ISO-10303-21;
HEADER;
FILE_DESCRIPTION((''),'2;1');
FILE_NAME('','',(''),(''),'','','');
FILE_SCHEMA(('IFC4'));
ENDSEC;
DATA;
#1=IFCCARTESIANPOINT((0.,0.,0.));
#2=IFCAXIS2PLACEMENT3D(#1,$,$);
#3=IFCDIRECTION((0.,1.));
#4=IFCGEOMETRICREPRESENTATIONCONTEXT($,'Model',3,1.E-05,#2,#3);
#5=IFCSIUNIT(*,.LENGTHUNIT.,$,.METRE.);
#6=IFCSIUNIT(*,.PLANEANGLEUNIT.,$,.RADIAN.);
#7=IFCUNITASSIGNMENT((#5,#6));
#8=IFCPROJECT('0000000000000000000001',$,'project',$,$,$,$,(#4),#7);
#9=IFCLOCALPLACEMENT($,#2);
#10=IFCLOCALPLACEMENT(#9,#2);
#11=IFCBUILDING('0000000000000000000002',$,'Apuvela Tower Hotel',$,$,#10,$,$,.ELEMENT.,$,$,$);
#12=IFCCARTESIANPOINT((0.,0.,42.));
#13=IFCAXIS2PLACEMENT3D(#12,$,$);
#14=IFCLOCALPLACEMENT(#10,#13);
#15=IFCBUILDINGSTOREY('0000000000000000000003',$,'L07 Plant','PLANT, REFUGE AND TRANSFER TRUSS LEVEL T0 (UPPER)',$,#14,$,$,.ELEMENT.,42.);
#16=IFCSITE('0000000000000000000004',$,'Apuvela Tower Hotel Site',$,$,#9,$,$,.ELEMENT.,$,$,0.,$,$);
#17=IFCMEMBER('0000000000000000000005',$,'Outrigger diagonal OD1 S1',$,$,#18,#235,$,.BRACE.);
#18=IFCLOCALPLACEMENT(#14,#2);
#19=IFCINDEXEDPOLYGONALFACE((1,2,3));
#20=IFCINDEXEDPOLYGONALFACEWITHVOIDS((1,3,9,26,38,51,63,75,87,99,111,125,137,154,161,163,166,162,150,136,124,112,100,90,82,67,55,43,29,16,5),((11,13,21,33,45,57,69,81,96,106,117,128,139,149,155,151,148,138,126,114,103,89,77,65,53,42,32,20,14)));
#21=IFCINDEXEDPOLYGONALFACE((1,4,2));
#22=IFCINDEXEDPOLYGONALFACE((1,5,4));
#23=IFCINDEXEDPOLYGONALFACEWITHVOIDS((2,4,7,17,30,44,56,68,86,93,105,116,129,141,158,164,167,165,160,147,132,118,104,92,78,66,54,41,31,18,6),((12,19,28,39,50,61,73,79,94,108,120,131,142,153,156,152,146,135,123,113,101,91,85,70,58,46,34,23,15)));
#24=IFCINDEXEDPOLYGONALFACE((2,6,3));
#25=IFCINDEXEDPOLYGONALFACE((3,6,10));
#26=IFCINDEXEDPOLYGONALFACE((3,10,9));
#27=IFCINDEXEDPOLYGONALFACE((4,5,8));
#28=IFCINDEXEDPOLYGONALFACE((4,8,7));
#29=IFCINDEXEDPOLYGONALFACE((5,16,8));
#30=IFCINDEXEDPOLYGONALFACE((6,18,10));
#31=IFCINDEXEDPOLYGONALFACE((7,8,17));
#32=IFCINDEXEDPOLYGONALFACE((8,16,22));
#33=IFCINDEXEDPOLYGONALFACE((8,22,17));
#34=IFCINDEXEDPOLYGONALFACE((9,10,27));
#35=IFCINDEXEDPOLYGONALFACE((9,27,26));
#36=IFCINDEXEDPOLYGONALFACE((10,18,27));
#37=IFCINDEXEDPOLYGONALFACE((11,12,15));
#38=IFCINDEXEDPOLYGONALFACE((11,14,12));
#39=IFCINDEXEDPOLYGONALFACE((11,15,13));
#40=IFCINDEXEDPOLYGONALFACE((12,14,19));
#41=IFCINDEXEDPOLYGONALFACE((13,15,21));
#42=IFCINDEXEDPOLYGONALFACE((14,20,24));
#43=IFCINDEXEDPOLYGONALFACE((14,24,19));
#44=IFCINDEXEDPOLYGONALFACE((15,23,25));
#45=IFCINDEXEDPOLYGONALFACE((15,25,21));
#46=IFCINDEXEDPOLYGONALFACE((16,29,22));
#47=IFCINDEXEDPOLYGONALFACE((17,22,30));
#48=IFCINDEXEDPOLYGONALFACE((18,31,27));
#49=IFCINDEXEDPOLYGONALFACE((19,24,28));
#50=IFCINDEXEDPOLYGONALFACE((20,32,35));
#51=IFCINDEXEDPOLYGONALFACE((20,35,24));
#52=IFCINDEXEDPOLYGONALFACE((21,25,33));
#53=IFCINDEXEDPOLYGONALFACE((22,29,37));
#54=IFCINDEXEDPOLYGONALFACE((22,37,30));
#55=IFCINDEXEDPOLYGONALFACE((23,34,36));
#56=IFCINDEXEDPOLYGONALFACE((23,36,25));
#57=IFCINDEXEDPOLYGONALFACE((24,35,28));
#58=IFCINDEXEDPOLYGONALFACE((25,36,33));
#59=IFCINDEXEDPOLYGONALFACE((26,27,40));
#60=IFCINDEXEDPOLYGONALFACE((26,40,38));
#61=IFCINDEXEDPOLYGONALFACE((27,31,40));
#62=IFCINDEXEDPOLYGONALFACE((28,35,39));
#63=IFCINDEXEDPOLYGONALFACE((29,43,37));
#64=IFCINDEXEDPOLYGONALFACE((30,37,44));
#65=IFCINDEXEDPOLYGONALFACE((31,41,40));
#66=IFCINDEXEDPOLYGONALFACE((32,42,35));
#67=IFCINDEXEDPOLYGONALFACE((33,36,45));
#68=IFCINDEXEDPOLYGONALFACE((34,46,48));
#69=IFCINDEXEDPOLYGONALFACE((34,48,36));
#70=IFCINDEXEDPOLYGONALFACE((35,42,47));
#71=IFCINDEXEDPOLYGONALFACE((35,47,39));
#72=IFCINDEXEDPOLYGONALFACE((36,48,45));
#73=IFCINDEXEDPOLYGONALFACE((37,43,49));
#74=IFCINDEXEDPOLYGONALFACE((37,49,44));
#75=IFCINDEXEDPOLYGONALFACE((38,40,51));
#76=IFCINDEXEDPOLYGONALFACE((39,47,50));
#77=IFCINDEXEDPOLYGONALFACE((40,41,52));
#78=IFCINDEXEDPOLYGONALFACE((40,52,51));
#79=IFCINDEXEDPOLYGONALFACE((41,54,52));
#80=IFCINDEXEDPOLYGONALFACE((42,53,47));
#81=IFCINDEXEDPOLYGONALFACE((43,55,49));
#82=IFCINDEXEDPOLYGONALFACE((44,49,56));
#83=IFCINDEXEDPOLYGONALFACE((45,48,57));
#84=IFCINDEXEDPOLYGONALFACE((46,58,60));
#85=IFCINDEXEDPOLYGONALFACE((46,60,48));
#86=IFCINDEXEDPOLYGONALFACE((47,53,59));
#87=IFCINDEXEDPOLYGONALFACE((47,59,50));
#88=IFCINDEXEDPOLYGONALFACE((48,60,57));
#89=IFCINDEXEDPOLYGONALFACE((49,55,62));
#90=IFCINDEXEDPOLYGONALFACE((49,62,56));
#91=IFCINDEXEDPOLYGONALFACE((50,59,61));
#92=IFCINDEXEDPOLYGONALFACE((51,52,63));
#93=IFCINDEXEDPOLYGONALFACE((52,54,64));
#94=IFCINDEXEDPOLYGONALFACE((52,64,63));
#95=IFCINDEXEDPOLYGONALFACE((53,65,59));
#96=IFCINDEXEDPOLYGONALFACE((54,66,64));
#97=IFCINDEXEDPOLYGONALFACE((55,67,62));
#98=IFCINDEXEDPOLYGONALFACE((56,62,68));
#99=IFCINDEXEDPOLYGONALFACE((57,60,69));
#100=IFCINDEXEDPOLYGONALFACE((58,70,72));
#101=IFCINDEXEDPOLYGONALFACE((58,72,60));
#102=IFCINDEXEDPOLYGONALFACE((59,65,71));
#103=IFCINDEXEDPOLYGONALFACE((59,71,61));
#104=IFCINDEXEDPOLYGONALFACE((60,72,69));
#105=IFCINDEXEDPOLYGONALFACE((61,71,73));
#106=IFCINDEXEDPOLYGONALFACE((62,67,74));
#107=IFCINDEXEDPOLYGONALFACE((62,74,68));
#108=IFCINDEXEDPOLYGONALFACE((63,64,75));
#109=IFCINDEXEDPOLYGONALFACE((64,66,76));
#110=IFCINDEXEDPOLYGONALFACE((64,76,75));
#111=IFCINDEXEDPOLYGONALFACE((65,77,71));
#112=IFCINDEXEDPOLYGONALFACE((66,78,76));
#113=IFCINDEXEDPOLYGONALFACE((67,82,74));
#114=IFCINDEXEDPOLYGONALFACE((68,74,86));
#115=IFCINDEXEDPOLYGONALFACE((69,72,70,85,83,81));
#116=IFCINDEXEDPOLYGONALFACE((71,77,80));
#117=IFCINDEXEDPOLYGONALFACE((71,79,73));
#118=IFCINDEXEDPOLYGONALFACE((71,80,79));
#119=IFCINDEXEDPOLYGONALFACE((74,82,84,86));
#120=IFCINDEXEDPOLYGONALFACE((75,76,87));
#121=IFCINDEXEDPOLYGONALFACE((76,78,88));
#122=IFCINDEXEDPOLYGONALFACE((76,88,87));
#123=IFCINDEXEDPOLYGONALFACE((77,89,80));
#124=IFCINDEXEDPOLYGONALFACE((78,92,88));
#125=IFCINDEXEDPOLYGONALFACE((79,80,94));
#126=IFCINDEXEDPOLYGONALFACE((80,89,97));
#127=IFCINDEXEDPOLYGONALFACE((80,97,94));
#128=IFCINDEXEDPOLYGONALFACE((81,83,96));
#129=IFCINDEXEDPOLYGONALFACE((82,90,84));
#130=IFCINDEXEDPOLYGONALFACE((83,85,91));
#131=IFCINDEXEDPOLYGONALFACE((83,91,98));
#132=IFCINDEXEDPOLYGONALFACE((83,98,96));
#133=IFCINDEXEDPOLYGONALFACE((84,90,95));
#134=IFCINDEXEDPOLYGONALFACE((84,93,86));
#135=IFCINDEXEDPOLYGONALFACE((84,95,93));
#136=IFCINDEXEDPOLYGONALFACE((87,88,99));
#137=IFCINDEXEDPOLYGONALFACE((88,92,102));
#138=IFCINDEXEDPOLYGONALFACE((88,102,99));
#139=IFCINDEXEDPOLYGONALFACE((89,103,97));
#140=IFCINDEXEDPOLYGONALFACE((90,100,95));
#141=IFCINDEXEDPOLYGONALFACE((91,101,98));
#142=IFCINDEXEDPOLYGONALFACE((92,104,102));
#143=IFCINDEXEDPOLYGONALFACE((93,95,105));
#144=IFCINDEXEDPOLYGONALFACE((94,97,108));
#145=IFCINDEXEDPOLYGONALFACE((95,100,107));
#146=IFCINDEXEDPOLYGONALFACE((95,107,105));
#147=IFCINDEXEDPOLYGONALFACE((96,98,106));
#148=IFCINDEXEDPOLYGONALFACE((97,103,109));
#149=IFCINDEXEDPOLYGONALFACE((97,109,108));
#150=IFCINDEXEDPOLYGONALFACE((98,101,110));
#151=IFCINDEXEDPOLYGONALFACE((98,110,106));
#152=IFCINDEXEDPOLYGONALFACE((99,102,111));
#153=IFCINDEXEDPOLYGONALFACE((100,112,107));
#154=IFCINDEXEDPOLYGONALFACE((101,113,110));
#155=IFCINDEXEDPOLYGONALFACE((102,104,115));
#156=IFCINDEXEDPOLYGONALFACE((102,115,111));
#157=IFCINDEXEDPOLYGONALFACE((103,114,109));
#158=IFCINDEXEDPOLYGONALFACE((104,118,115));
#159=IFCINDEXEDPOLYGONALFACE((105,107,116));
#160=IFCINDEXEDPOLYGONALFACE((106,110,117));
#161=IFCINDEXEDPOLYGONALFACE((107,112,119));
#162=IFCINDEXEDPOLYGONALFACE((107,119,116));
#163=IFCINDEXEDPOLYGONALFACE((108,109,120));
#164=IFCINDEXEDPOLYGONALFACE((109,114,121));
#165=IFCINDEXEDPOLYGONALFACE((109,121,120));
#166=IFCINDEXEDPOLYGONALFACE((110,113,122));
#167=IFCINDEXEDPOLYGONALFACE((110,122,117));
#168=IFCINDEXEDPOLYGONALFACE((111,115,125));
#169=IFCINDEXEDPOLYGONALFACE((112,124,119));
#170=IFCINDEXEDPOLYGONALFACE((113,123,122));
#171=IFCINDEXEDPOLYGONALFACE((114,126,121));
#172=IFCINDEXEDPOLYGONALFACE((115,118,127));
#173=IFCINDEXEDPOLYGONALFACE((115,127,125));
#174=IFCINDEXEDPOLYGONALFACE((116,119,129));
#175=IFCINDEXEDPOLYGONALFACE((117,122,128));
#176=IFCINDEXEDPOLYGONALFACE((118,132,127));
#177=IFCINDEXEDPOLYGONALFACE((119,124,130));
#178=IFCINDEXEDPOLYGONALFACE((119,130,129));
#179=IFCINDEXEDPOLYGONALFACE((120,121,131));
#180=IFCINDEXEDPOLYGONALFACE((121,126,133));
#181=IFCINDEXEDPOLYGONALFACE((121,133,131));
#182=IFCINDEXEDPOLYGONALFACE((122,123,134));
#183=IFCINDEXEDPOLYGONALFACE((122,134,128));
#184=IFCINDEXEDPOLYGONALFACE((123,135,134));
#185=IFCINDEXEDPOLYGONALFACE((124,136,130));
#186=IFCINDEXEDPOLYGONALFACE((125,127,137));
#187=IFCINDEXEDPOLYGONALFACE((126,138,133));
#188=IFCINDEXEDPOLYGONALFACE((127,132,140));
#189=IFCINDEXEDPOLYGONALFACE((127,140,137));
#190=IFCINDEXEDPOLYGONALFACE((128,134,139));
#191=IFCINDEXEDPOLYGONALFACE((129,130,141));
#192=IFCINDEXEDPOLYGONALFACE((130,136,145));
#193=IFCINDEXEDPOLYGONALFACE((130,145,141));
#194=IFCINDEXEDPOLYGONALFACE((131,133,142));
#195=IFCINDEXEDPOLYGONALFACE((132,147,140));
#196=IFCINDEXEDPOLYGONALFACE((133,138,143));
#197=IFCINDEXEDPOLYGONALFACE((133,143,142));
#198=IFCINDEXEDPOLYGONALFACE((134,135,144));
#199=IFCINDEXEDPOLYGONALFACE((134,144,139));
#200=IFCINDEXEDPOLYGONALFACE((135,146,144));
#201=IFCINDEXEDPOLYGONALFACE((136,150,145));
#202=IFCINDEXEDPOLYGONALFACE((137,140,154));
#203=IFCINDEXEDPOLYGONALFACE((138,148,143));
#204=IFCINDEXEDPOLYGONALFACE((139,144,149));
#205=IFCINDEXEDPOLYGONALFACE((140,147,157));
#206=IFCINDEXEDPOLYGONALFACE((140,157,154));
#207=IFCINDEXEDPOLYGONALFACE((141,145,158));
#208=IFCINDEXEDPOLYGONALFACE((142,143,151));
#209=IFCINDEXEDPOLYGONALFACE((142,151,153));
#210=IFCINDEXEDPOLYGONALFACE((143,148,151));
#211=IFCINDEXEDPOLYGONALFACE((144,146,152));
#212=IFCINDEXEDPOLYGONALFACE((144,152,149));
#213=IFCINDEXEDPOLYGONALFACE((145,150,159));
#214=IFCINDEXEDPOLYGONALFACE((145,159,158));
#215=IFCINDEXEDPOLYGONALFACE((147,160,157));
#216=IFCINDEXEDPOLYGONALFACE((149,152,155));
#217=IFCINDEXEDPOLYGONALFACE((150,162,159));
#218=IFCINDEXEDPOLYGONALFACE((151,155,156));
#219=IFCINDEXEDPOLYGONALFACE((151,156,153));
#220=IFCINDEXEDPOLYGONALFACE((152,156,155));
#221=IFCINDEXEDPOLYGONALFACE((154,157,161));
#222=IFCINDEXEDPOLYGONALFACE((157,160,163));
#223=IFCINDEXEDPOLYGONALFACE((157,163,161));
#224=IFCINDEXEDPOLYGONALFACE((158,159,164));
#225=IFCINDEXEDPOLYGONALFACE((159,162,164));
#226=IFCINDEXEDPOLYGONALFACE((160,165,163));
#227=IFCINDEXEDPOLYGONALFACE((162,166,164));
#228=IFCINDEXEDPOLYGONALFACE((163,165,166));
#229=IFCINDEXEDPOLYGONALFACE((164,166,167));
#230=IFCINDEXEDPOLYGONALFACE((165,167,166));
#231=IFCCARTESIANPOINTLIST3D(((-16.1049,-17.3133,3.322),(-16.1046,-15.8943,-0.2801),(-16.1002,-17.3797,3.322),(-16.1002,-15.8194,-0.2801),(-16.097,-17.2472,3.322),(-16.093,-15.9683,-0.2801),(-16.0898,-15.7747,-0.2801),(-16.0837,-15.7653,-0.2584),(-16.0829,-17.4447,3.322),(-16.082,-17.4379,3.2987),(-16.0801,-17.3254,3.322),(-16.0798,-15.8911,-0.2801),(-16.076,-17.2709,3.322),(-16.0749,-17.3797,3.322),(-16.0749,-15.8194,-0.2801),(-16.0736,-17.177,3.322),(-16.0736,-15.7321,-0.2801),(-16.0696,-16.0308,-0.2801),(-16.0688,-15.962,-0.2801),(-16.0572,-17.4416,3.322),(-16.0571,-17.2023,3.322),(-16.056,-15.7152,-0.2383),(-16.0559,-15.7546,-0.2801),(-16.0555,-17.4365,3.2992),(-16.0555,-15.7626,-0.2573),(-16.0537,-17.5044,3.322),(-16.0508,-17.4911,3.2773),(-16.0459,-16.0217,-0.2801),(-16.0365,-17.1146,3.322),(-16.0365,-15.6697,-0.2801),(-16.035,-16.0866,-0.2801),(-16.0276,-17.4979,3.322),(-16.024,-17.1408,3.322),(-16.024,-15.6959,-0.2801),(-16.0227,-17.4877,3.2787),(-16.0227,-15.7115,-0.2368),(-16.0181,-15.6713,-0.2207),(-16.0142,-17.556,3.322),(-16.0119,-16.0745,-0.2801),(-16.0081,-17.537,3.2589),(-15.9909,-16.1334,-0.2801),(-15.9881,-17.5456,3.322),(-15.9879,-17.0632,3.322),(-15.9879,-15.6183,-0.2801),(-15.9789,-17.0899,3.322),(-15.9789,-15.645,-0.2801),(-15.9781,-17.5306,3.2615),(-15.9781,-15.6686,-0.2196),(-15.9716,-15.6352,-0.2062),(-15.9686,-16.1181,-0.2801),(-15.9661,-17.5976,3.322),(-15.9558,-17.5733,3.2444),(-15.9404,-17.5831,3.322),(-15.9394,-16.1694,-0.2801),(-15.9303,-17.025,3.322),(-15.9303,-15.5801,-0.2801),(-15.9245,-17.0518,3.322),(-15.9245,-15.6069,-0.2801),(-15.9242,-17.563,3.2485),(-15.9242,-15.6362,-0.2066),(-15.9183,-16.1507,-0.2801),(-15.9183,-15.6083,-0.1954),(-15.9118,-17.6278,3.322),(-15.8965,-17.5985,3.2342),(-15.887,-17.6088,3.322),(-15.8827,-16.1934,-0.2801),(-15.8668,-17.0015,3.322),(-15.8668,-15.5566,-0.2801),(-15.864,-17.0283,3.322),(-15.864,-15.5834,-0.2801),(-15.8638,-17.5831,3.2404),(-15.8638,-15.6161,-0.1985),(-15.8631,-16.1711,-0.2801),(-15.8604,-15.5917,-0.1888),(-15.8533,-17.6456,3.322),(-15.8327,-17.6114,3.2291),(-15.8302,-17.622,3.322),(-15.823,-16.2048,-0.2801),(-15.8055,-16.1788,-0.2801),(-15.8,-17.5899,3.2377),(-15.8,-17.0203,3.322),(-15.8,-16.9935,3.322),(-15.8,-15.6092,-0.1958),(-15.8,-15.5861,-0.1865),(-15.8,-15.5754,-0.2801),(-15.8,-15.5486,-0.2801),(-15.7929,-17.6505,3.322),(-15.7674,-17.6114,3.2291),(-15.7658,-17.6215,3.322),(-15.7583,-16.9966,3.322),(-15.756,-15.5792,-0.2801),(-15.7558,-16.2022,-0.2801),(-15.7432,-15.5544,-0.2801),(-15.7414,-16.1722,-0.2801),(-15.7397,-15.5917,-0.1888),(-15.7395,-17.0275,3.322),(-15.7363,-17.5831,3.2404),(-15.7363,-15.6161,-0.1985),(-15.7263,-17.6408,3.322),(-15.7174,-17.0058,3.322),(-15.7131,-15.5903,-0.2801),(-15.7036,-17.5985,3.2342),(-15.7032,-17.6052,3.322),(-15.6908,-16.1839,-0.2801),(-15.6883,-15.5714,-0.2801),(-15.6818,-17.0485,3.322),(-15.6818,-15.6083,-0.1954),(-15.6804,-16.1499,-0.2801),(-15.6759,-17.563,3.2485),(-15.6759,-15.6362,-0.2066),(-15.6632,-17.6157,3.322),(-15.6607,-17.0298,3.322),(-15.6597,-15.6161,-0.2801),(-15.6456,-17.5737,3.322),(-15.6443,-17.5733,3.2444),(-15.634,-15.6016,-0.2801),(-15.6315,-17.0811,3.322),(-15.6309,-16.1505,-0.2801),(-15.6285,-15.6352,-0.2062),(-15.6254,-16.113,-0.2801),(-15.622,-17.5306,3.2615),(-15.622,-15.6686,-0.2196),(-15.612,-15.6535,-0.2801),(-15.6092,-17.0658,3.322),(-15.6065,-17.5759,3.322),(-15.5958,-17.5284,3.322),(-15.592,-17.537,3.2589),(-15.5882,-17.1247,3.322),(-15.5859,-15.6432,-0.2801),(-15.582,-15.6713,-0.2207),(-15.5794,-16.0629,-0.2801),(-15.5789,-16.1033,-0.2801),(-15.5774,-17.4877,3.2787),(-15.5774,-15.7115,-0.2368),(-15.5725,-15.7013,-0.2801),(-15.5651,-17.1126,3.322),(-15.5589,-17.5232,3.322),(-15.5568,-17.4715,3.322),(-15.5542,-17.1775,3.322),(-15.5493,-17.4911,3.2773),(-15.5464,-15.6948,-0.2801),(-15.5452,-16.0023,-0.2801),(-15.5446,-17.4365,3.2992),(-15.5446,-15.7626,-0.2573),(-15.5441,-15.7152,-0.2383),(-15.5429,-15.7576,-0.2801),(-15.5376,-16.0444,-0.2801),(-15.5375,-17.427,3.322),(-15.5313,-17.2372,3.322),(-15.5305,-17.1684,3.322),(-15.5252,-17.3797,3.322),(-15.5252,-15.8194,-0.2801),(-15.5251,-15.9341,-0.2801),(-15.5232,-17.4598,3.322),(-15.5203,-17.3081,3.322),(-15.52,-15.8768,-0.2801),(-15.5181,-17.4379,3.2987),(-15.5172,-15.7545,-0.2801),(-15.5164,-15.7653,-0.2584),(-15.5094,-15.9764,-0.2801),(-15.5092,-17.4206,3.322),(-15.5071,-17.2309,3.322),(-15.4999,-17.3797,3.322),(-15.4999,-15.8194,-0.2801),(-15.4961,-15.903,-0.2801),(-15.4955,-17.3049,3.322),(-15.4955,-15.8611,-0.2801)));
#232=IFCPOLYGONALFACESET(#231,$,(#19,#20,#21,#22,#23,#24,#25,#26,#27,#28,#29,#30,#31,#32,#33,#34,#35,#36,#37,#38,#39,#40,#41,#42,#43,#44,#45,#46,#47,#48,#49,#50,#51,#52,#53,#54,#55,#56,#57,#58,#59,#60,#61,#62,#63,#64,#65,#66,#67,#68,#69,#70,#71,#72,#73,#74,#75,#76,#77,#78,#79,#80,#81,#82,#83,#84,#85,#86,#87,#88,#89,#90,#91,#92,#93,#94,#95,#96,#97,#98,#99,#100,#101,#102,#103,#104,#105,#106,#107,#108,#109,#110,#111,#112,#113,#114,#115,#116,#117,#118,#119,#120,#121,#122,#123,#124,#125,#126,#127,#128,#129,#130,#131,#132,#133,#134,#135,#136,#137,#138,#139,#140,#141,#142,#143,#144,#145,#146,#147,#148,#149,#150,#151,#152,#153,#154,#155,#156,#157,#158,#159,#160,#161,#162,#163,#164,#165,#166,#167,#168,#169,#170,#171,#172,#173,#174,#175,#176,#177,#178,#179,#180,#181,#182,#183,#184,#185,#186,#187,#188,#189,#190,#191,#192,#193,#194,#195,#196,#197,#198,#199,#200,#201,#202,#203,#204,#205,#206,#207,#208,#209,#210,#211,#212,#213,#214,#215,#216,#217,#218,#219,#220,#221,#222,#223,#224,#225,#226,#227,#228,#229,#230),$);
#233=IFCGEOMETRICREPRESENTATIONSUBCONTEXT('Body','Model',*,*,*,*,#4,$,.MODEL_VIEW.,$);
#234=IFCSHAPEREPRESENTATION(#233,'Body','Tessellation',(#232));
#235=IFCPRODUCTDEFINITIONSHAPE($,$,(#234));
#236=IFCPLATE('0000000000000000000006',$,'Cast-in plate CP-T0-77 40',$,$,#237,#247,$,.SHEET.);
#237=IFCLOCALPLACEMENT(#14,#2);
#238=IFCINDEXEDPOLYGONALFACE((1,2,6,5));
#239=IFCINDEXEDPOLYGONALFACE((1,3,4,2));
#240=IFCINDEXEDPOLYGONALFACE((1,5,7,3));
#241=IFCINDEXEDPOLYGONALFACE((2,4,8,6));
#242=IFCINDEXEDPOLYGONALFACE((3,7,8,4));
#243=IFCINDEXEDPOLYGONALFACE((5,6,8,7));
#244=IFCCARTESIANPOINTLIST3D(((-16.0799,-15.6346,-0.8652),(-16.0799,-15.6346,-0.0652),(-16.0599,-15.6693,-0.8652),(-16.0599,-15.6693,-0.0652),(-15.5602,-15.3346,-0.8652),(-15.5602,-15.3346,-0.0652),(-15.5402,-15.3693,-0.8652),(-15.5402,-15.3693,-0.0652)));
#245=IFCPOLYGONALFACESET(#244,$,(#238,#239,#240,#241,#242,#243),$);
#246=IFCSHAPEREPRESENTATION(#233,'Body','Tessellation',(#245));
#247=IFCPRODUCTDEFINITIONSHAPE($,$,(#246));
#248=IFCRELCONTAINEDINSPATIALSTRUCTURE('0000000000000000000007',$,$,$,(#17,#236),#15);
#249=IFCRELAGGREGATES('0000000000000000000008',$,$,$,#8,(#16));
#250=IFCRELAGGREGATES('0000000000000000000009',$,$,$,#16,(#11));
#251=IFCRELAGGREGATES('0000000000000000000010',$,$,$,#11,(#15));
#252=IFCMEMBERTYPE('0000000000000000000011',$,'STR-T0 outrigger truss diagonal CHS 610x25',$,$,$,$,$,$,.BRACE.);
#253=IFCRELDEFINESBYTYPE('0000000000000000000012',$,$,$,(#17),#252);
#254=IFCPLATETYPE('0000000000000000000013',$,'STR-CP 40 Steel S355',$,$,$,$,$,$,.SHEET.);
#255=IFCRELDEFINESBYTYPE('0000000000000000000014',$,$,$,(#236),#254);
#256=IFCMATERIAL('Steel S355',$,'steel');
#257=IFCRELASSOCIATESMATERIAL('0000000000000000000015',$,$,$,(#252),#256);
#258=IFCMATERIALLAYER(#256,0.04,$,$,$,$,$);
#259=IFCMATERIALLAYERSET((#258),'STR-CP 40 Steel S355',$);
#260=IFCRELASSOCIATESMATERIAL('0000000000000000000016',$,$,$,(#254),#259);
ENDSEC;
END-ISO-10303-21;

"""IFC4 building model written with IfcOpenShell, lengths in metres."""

from ifc_helpers import new_model, si_unit, direction, frame, origin, origin_2d, place, context, subcontext, project, spatial, rectangle, hollow_circle, extrude, boolean, halfspace, material, layer, layer_set, material_profile, profile_set, type_object, element, save


model = new_model("IFC4")

# Units and contexts
model_context = context("Model", 3, precision=1e-05, world=origin(), true_north=direction((0.0, 1.0)))
body_context = subcontext(model_context, "Body", "Model", "MODEL_VIEW")
ifc_project = project(units=[si_unit("LENGTHUNIT", "METRE"), si_unit("PLANEANGLEUNIT", "RADIAN")], contexts=[model_context])

# Site, building, storey
site_placement = place(None, origin())
site = spatial("IfcSite", under=ifc_project, at=site_placement, Name="Apuvela Tower Hotel Site", CompositionType="ELEMENT", RefElevation=0.0)
building_placement = place(site_placement, origin())
building = spatial("IfcBuilding", under=site, at=building_placement, Name="Apuvela Tower Hotel", CompositionType="ELEMENT")
storey_placement = place(building_placement, frame((0.0, 0.0, 42.0)))
storey = spatial("IfcBuildingStorey", under=building, at=storey_placement, Name="L07 Plant", Description="PLANT, REFUGE AND TRANSFER TRUSS LEVEL T0 (UPPER)", CompositionType="ELEMENT", Elevation=42.0)

# Shared definitions
ifc_material_1 = material(Name="Steel S355", Category="steel")

# Member
ifc_material_profile_1 = material_profile(ifc_material_1, hollow_circle(Radius=0.3049, WallThickness=0.0249, at=origin_2d()), Name="CHS 610x25")
ifc_profile_set_1 = profile_set([ifc_material_profile_1], Name="Steel S355")
member_type = type_object("IfcMemberType", Name="STR-T0 outrigger truss diagonal CHS 610x25", PredefinedType="BRACE", material=ifc_profile_set_1)
member_placement = place(storey_placement, frame((-15.8, -15.8691, -0.3), z_axis=(0.0, -0.372292, 0.928116), x_axis=(0.0, 0.928116, 0.372292)))
solid = boolean("DIFFERENCE", boolean("DIFFERENCE", extrude(hollow_circle(Radius=0.3049, WallThickness=0.0249, at=origin_2d()), frame((0.0, 0.0, -0.2422)), (0.0, 0.0, 1.0), 4.4087), halfspace(frame((0.0, 0.0, 0.0215), z_axis=(0.372292, 0.0, 0.928116), x_axis=(0.928116, 0.0, -0.372292)), True)), halfspace(frame((0.0, 0.0, 3.9026), z_axis=(0.372292, 0.0, 0.928116), x_axis=(0.928116, 0.0, -0.372292)), False))
element("IfcMember", 1, at=member_placement, inside=storey, type_object=member_type, Name="Outrigger diagonal OD1 S1", PredefinedType="BRACE", context=body_context, shape_type="SweptSolid", body=[
    boolean("UNION", boolean("DIFFERENCE", boolean("DIFFERENCE", extrude(hollow_circle(Radius=0.3049, WallThickness=0.0249, at=origin_2d()), origin(), (0.0, 0.0, 1.0), 3.9241), halfspace(frame((0.0, 0.0, 0.0215), z_axis=(0.372292, 0.0, 0.928116), x_axis=(0.928116, 0.0, -0.372292)), True)), halfspace(frame((0.0, 0.0, 3.9026), z_axis=(0.372292, 0.0, 0.928116), x_axis=(0.928116, 0.0, -0.372292)), False)), solid),
])

# Plate
ifc_layer_1 = layer(ifc_material_1, 0.04)
ifc_layer_set_1 = layer_set([ifc_layer_1], Name="STR-CP 40 Steel S355")
plate_type = type_object("IfcPlateType", Name="STR-CP 40 Steel S355", PredefinedType="SHEET", material=ifc_layer_set_1)
plate_placement = place(storey_placement, frame((-15.8101, -15.502, -0.8652), z_axis=(0.0, 0.0, 1.0), x_axis=(-0.5, 0.866025, 0.0)))
element("IfcPlate", 2, at=plate_placement, inside=storey, type_object=plate_type, Name="Cast-in plate CP-T0-77 40", PredefinedType="SHEET", context=body_context, shape_type="SweptSolid", body=[
    extrude(rectangle(XDim=0.04, YDim=0.6001, at=origin_2d()), origin(), (0.0, 0.0, 1.0), 0.8),
])

save(model, "model.ifc")
